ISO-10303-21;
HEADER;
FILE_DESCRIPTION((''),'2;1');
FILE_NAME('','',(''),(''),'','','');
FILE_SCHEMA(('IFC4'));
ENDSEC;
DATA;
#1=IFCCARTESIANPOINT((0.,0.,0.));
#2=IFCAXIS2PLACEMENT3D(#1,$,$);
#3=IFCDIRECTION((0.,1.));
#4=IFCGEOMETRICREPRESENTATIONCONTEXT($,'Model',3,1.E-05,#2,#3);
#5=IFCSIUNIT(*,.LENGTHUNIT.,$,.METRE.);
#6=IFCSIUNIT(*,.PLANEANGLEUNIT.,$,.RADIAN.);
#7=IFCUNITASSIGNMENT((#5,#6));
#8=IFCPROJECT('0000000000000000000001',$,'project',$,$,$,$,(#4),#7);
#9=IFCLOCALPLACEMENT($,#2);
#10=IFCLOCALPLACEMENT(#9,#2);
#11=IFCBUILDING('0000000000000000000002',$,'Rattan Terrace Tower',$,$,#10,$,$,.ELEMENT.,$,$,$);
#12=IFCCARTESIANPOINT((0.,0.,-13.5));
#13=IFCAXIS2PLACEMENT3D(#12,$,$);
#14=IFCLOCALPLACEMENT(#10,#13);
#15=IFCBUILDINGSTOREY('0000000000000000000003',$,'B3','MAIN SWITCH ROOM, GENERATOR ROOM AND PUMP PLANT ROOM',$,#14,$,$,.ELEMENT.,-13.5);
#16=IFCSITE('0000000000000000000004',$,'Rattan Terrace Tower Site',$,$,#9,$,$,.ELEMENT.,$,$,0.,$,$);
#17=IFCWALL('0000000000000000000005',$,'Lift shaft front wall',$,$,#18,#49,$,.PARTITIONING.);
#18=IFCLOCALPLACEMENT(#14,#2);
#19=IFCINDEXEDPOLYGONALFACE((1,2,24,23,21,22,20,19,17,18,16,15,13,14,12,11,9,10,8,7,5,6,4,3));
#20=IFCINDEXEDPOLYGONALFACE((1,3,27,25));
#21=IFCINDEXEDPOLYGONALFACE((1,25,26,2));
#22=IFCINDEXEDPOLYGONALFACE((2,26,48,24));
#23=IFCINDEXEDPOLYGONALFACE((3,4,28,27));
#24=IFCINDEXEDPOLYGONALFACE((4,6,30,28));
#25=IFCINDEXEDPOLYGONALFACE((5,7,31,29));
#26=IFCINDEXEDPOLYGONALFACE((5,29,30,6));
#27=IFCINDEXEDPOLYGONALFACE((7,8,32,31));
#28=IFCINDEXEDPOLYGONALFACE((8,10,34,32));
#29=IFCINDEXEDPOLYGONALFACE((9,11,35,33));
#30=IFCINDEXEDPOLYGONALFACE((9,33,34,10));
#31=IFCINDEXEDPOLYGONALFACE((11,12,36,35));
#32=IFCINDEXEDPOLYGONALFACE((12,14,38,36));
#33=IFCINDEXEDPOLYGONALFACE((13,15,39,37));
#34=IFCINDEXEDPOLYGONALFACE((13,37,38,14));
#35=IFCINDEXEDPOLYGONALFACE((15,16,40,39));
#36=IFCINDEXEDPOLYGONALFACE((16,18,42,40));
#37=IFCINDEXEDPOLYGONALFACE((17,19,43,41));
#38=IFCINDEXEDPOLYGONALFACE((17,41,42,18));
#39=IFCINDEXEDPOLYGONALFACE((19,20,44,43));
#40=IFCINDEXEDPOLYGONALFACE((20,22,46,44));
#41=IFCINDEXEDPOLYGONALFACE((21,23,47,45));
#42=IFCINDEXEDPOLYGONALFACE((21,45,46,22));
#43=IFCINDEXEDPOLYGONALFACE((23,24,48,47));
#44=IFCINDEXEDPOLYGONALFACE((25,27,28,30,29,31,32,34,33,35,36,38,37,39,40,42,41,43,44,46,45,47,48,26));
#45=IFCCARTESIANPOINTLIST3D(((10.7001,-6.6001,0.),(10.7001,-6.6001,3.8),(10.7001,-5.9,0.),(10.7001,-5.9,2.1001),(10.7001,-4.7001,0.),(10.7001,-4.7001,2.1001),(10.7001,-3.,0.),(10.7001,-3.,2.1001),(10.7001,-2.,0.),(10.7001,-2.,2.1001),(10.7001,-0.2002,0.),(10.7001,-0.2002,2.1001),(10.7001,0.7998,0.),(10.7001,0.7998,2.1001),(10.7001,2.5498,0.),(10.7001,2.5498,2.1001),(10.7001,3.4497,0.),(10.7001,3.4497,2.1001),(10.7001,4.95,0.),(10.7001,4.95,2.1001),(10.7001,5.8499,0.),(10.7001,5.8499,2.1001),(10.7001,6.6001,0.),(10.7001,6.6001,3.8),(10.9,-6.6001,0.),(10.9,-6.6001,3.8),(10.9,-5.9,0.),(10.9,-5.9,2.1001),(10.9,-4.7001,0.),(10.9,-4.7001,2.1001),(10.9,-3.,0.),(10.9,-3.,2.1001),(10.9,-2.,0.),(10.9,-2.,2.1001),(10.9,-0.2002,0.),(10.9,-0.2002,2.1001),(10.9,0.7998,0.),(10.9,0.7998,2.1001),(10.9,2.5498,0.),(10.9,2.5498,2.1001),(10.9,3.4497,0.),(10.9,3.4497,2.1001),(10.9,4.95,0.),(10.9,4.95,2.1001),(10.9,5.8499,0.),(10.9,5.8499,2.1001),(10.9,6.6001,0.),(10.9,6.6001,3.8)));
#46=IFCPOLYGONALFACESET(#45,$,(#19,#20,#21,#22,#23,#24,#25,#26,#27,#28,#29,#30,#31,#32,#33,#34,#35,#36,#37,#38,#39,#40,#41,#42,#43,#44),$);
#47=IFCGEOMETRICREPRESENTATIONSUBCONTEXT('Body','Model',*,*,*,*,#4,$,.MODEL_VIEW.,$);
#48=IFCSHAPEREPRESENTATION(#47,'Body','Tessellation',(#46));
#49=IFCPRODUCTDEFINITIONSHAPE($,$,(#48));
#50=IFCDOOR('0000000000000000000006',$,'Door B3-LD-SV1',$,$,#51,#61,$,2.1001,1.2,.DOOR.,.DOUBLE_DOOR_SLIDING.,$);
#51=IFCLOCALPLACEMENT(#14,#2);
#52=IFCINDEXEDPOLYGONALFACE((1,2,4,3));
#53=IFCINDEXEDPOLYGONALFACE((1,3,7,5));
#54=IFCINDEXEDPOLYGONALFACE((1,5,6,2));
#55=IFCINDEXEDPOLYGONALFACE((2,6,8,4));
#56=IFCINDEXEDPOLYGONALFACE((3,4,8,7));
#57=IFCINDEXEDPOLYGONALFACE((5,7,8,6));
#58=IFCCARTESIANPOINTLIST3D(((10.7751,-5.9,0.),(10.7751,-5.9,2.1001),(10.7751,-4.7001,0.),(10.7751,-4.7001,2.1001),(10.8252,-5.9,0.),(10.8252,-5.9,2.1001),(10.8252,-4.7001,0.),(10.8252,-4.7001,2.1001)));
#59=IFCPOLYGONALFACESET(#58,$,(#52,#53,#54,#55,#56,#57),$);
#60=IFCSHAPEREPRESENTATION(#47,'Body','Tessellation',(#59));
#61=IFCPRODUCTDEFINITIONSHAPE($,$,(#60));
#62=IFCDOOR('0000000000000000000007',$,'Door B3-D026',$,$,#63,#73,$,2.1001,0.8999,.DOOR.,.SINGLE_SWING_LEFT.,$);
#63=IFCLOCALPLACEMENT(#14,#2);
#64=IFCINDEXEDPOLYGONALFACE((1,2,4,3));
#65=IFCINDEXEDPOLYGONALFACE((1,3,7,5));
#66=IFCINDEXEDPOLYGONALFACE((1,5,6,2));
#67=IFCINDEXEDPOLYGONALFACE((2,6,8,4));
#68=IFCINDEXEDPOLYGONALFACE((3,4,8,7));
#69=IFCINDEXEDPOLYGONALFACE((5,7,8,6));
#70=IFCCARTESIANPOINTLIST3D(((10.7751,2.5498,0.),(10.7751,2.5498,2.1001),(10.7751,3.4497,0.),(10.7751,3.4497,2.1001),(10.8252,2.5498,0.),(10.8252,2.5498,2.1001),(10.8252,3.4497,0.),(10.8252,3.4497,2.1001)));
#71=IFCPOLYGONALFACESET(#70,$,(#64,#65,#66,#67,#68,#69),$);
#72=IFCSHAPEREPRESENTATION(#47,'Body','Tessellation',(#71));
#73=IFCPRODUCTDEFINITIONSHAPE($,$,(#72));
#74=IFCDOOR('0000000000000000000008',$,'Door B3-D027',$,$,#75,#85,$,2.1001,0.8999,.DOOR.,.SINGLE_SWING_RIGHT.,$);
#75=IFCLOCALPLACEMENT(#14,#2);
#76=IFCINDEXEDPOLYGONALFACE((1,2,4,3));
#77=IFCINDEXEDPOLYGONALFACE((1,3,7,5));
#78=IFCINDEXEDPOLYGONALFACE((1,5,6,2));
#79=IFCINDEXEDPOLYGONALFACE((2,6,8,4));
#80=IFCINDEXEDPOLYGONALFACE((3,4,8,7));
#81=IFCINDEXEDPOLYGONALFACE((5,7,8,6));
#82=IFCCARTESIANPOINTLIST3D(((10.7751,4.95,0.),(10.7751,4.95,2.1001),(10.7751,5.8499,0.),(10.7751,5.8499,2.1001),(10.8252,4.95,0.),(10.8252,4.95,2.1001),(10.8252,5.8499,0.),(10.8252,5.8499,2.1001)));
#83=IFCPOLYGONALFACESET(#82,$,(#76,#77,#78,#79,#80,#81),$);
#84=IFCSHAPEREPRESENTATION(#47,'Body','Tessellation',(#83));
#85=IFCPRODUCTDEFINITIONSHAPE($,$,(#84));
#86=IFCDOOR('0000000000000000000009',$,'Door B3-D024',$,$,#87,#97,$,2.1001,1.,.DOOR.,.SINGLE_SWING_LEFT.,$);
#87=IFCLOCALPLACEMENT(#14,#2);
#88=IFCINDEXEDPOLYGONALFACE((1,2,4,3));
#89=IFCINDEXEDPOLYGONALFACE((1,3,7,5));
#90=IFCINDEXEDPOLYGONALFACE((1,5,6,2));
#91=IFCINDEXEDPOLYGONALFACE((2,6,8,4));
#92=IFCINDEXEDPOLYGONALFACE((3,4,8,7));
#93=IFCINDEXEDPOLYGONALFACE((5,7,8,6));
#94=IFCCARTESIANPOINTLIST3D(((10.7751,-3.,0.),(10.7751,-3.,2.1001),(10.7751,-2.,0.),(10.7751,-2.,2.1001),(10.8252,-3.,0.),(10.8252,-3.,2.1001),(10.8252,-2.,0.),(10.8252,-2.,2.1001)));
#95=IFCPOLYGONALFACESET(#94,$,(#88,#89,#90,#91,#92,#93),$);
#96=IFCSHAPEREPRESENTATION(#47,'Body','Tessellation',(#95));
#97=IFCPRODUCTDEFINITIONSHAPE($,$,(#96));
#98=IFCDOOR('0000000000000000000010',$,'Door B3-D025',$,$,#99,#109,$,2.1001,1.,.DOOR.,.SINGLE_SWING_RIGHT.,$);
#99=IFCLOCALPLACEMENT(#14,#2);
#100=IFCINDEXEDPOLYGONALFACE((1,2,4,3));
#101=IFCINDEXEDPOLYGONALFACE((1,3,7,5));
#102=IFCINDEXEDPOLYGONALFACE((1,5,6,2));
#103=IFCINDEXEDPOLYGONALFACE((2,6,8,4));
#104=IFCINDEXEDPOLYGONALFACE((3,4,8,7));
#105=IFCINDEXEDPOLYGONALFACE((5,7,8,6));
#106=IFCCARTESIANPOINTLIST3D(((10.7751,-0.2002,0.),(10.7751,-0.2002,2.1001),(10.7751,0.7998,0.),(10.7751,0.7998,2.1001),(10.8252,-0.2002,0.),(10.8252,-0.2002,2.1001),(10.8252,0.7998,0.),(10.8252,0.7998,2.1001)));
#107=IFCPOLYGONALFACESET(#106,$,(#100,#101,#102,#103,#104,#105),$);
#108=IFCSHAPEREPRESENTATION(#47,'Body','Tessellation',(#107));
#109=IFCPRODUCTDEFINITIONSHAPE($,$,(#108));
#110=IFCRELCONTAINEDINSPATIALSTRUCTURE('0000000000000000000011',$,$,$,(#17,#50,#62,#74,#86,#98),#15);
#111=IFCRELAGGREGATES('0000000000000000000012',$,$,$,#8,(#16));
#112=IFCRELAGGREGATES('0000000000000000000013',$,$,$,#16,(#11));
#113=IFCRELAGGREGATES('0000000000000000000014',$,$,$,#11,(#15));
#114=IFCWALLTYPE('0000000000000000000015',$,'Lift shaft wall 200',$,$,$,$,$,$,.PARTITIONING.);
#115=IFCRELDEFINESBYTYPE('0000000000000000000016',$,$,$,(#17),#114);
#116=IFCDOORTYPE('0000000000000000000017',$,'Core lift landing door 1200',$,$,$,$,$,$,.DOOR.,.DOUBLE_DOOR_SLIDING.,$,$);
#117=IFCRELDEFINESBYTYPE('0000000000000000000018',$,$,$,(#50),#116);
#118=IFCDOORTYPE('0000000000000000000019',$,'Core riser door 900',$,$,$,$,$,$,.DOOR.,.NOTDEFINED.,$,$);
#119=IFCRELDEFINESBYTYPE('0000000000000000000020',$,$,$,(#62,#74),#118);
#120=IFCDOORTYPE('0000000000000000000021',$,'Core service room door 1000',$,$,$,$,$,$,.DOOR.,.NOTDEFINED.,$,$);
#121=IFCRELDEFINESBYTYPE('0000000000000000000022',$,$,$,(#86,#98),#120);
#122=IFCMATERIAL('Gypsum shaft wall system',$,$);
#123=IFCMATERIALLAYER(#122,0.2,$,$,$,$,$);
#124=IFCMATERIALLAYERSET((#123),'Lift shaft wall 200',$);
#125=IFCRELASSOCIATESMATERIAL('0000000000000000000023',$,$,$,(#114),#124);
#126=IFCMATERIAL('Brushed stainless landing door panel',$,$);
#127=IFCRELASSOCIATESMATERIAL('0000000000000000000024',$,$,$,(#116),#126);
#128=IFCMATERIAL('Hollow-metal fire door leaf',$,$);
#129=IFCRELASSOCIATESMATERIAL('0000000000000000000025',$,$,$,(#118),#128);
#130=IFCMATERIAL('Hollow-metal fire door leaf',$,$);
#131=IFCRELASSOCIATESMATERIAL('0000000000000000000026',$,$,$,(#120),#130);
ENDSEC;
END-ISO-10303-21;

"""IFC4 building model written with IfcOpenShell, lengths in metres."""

from ifc_helpers import new_model, si_unit, direction, frame, frame_2d, origin, place, context, subcontext, project, spatial, rectangle, extrude, material, layer, layer_set, type_object, element, fill, save


model = new_model("IFC4")

# Units and contexts
model_context = context("Model", 3, precision=1e-05, world=origin(), true_north=direction((0.0, 1.0)))
body_context = subcontext(model_context, "Body", "Model", "MODEL_VIEW")
ifc_project = project(units=[si_unit("LENGTHUNIT", "METRE"), si_unit("PLANEANGLEUNIT", "RADIAN")], contexts=[model_context])

# Site, building, storey
site_placement = place(None, origin())
site = spatial("IfcSite", under=ifc_project, at=site_placement, Name="Rattan Terrace Tower Site", CompositionType="ELEMENT", RefElevation=0.0)
building_placement = place(site_placement, origin())
building = spatial("IfcBuilding", under=site, at=building_placement, Name="Rattan Terrace Tower", CompositionType="ELEMENT")
storey_placement = place(building_placement, frame((0.0, 0.0, -13.5)))
storey = spatial("IfcBuildingStorey", under=building, at=storey_placement, Name="B3", Description="MAIN SWITCH ROOM, GENERATOR ROOM AND PUMP PLANT ROOM", CompositionType="ELEMENT", Elevation=-13.5)

# Wall, openings, doors
ifc_material_1 = material(Name="Gypsum shaft wall system")
ifc_layer_1 = layer(ifc_material_1, 0.2)
ifc_layer_set_1 = layer_set([ifc_layer_1], Name="Lift shaft wall 200")
wall_type_1 = type_object("IfcWallType", Name="Lift shaft wall 200", PredefinedType="PARTITIONING", material=ifc_layer_set_1)
wall_1_placement = place(storey_placement, frame((10.8, -6.6001, 0.0), z_axis=(0.0, 0.0, 1.0), x_axis=(0.0, 1.0, 0.0)))
wall_1 = element("IfcWall", 1, at=wall_1_placement, inside=storey, type_object=wall_type_1, Name="Lift shaft front wall", PredefinedType="PARTITIONING", context=body_context, shape_type="SweptSolid", body=[
    extrude(rectangle(XDim=13.2002, YDim=0.2, at=frame_2d((6.6001, 0.0))), origin(), (0.0, 0.0, 1.0), 3.8),
])
opening_1_placement = place(wall_1_placement, frame((0.7, 0.0, 0.0)))
opening_1 = element("IfcOpeningElement", 2, at=opening_1_placement, cuts=wall_1, PredefinedType="OPENING", context=body_context, shape_type="SweptSolid", body=[
    extrude(rectangle(XDim=1.2, YDim=2.1001, at=frame_2d((0.6001, 1.05))), frame((0.0, 0.1106, 0.0), z_axis=(0.0, -1.0, 0.0), x_axis=(1.0, 0.0, 0.0)), (0.0, 0.0, 1.0), 0.2209),
])
opening_2_placement = place(wall_1_placement, frame((3.6001, 0.0, 0.0)))
opening_2 = element("IfcOpeningElement", 3, at=opening_2_placement, cuts=wall_1, PredefinedType="OPENING", context=body_context, shape_type="SweptSolid", body=[
    extrude(rectangle(XDim=1.0, YDim=2.1001, at=frame_2d((0.5, 1.05))), frame((0.0, 0.1106, 0.0), z_axis=(0.0, -1.0, 0.0), x_axis=(1.0, 0.0, 0.0)), (0.0, 0.0, 1.0), 0.2209),
])
opening_3_placement = place(wall_1_placement, frame((6.3999, 0.0, 0.0)))
opening_3 = element("IfcOpeningElement", 4, at=opening_3_placement, cuts=wall_1, PredefinedType="OPENING", context=body_context, shape_type="SweptSolid", body=[
    extrude(rectangle(XDim=1.0, YDim=2.1001, at=frame_2d((0.5, 1.05))), frame((0.0, 0.1106, 0.0), z_axis=(0.0, -1.0, 0.0), x_axis=(1.0, 0.0, 0.0)), (0.0, 0.0, 1.0), 0.2209),
])
opening_4_placement = place(wall_1_placement, frame((9.1499, 0.0, 0.0)))
opening_4 = element("IfcOpeningElement", 5, at=opening_4_placement, cuts=wall_1, PredefinedType="OPENING", context=body_context, shape_type="SweptSolid", body=[
    extrude(rectangle(XDim=0.8999, YDim=2.1001, at=frame_2d((0.45, 1.05))), frame((0.0, 0.1106, 0.0), z_axis=(0.0, -1.0, 0.0), x_axis=(1.0, 0.0, 0.0)), (0.0, 0.0, 1.0), 0.2209),
])
opening_5_placement = place(wall_1_placement, frame((11.55, 0.0, 0.0)))
opening_5 = element("IfcOpeningElement", 6, at=opening_5_placement, cuts=wall_1, PredefinedType="OPENING", context=body_context, shape_type="SweptSolid", body=[
    extrude(rectangle(XDim=0.8999, YDim=2.1001, at=frame_2d((0.45, 1.05))), frame((0.0, 0.1106, 0.0), z_axis=(0.0, -1.0, 0.0), x_axis=(1.0, 0.0, 0.0)), (0.0, 0.0, 1.0), 0.2209),
])
ifc_material_2 = material(Name="Brushed stainless landing door panel")
door_type_1 = type_object("IfcDoorType", Name="Core lift landing door 1200", OperationType="DOUBLE_DOOR_SLIDING", PredefinedType="DOOR", material=ifc_material_2)
door_1_placement = place(opening_1_placement, origin())
door_1 = element("IfcDoor", 7, at=door_1_placement, inside=storey, type_object=door_type_1, Name="Door B3-LD-SV1", OperationType="DOUBLE_DOOR_SLIDING", OverallHeight=2.1001, OverallWidth=1.2, PredefinedType="DOOR", context=body_context, shape_type="SweptSolid", body=[
    extrude(rectangle(XDim=1.2, YDim=2.1001, at=frame_2d((0.6001, 1.05))), frame((0.0, 0.0249, 0.0), z_axis=(0.0, -1.0, 0.0), x_axis=(1.0, 0.0, 0.0)), (0.0, 0.0, 1.0), 0.05),
])
fill(opening_1, door_1)
ifc_material_3 = material(Name="Hollow-metal fire door leaf")
door_type_2 = type_object("IfcDoorType", Name="Core riser door 900", OperationType="NOTDEFINED", PredefinedType="DOOR", material=ifc_material_3)
door_2_placement = place(opening_4_placement, origin())
door_2 = element("IfcDoor", 8, at=door_2_placement, inside=storey, type_object=door_type_2, Name="Door B3-D026", OperationType="SINGLE_SWING_LEFT", OverallHeight=2.1001, OverallWidth=0.8999, PredefinedType="DOOR", context=body_context, shape_type="SweptSolid", body=[
    extrude(rectangle(XDim=0.8999, YDim=2.1001, at=frame_2d((0.45, 1.05))), frame((0.0, 0.0249, 0.0), z_axis=(0.0, -1.0, 0.0), x_axis=(1.0, 0.0, 0.0)), (0.0, 0.0, 1.0), 0.05),
])
fill(opening_4, door_2)
door_3_placement = place(opening_5_placement, origin())
door_3 = element("IfcDoor", 9, at=door_3_placement, inside=storey, type_object=door_type_2, Name="Door B3-D027", OperationType="SINGLE_SWING_RIGHT", OverallHeight=2.1001, OverallWidth=0.8999, PredefinedType="DOOR", context=body_context, shape_type="SweptSolid", body=[
    extrude(rectangle(XDim=0.8999, YDim=2.1001, at=frame_2d((0.45, 1.05))), frame((0.0, 0.0249, 0.0), z_axis=(0.0, -1.0, 0.0), x_axis=(1.0, 0.0, 0.0)), (0.0, 0.0, 1.0), 0.05),
])
fill(opening_5, door_3)
ifc_material_4 = material(Name="Hollow-metal fire door leaf")
door_type_3 = type_object("IfcDoorType", Name="Core service room door 1000", OperationType="NOTDEFINED", PredefinedType="DOOR", material=ifc_material_4)
door_4_placement = place(opening_2_placement, origin())
door_4 = element("IfcDoor", 10, at=door_4_placement, inside=storey, type_object=door_type_3, Name="Door B3-D024", OperationType="SINGLE_SWING_LEFT", OverallHeight=2.1001, OverallWidth=1.0, PredefinedType="DOOR", context=body_context, shape_type="SweptSolid", body=[
    extrude(rectangle(XDim=1.0, YDim=2.1001, at=frame_2d((0.5, 1.05))), frame((0.0, 0.0249, 0.0), z_axis=(0.0, -1.0, 0.0), x_axis=(1.0, 0.0, 0.0)), (0.0, 0.0, 1.0), 0.05),
])
fill(opening_2, door_4)
door_5_placement = place(opening_3_placement, origin())
door_5 = element("IfcDoor", 11, at=door_5_placement, inside=storey, type_object=door_type_3, Name="Door B3-D025", OperationType="SINGLE_SWING_RIGHT", OverallHeight=2.1001, OverallWidth=1.0, PredefinedType="DOOR", context=body_context, shape_type="SweptSolid", body=[
    extrude(rectangle(XDim=1.0, YDim=2.1001, at=frame_2d((0.5, 1.05))), frame((0.0, 0.0249, 0.0), z_axis=(0.0, -1.0, 0.0), x_axis=(1.0, 0.0, 0.0)), (0.0, 0.0, 1.0), 0.05),
])
fill(opening_3, door_5)

save(model, "model.ifc")
